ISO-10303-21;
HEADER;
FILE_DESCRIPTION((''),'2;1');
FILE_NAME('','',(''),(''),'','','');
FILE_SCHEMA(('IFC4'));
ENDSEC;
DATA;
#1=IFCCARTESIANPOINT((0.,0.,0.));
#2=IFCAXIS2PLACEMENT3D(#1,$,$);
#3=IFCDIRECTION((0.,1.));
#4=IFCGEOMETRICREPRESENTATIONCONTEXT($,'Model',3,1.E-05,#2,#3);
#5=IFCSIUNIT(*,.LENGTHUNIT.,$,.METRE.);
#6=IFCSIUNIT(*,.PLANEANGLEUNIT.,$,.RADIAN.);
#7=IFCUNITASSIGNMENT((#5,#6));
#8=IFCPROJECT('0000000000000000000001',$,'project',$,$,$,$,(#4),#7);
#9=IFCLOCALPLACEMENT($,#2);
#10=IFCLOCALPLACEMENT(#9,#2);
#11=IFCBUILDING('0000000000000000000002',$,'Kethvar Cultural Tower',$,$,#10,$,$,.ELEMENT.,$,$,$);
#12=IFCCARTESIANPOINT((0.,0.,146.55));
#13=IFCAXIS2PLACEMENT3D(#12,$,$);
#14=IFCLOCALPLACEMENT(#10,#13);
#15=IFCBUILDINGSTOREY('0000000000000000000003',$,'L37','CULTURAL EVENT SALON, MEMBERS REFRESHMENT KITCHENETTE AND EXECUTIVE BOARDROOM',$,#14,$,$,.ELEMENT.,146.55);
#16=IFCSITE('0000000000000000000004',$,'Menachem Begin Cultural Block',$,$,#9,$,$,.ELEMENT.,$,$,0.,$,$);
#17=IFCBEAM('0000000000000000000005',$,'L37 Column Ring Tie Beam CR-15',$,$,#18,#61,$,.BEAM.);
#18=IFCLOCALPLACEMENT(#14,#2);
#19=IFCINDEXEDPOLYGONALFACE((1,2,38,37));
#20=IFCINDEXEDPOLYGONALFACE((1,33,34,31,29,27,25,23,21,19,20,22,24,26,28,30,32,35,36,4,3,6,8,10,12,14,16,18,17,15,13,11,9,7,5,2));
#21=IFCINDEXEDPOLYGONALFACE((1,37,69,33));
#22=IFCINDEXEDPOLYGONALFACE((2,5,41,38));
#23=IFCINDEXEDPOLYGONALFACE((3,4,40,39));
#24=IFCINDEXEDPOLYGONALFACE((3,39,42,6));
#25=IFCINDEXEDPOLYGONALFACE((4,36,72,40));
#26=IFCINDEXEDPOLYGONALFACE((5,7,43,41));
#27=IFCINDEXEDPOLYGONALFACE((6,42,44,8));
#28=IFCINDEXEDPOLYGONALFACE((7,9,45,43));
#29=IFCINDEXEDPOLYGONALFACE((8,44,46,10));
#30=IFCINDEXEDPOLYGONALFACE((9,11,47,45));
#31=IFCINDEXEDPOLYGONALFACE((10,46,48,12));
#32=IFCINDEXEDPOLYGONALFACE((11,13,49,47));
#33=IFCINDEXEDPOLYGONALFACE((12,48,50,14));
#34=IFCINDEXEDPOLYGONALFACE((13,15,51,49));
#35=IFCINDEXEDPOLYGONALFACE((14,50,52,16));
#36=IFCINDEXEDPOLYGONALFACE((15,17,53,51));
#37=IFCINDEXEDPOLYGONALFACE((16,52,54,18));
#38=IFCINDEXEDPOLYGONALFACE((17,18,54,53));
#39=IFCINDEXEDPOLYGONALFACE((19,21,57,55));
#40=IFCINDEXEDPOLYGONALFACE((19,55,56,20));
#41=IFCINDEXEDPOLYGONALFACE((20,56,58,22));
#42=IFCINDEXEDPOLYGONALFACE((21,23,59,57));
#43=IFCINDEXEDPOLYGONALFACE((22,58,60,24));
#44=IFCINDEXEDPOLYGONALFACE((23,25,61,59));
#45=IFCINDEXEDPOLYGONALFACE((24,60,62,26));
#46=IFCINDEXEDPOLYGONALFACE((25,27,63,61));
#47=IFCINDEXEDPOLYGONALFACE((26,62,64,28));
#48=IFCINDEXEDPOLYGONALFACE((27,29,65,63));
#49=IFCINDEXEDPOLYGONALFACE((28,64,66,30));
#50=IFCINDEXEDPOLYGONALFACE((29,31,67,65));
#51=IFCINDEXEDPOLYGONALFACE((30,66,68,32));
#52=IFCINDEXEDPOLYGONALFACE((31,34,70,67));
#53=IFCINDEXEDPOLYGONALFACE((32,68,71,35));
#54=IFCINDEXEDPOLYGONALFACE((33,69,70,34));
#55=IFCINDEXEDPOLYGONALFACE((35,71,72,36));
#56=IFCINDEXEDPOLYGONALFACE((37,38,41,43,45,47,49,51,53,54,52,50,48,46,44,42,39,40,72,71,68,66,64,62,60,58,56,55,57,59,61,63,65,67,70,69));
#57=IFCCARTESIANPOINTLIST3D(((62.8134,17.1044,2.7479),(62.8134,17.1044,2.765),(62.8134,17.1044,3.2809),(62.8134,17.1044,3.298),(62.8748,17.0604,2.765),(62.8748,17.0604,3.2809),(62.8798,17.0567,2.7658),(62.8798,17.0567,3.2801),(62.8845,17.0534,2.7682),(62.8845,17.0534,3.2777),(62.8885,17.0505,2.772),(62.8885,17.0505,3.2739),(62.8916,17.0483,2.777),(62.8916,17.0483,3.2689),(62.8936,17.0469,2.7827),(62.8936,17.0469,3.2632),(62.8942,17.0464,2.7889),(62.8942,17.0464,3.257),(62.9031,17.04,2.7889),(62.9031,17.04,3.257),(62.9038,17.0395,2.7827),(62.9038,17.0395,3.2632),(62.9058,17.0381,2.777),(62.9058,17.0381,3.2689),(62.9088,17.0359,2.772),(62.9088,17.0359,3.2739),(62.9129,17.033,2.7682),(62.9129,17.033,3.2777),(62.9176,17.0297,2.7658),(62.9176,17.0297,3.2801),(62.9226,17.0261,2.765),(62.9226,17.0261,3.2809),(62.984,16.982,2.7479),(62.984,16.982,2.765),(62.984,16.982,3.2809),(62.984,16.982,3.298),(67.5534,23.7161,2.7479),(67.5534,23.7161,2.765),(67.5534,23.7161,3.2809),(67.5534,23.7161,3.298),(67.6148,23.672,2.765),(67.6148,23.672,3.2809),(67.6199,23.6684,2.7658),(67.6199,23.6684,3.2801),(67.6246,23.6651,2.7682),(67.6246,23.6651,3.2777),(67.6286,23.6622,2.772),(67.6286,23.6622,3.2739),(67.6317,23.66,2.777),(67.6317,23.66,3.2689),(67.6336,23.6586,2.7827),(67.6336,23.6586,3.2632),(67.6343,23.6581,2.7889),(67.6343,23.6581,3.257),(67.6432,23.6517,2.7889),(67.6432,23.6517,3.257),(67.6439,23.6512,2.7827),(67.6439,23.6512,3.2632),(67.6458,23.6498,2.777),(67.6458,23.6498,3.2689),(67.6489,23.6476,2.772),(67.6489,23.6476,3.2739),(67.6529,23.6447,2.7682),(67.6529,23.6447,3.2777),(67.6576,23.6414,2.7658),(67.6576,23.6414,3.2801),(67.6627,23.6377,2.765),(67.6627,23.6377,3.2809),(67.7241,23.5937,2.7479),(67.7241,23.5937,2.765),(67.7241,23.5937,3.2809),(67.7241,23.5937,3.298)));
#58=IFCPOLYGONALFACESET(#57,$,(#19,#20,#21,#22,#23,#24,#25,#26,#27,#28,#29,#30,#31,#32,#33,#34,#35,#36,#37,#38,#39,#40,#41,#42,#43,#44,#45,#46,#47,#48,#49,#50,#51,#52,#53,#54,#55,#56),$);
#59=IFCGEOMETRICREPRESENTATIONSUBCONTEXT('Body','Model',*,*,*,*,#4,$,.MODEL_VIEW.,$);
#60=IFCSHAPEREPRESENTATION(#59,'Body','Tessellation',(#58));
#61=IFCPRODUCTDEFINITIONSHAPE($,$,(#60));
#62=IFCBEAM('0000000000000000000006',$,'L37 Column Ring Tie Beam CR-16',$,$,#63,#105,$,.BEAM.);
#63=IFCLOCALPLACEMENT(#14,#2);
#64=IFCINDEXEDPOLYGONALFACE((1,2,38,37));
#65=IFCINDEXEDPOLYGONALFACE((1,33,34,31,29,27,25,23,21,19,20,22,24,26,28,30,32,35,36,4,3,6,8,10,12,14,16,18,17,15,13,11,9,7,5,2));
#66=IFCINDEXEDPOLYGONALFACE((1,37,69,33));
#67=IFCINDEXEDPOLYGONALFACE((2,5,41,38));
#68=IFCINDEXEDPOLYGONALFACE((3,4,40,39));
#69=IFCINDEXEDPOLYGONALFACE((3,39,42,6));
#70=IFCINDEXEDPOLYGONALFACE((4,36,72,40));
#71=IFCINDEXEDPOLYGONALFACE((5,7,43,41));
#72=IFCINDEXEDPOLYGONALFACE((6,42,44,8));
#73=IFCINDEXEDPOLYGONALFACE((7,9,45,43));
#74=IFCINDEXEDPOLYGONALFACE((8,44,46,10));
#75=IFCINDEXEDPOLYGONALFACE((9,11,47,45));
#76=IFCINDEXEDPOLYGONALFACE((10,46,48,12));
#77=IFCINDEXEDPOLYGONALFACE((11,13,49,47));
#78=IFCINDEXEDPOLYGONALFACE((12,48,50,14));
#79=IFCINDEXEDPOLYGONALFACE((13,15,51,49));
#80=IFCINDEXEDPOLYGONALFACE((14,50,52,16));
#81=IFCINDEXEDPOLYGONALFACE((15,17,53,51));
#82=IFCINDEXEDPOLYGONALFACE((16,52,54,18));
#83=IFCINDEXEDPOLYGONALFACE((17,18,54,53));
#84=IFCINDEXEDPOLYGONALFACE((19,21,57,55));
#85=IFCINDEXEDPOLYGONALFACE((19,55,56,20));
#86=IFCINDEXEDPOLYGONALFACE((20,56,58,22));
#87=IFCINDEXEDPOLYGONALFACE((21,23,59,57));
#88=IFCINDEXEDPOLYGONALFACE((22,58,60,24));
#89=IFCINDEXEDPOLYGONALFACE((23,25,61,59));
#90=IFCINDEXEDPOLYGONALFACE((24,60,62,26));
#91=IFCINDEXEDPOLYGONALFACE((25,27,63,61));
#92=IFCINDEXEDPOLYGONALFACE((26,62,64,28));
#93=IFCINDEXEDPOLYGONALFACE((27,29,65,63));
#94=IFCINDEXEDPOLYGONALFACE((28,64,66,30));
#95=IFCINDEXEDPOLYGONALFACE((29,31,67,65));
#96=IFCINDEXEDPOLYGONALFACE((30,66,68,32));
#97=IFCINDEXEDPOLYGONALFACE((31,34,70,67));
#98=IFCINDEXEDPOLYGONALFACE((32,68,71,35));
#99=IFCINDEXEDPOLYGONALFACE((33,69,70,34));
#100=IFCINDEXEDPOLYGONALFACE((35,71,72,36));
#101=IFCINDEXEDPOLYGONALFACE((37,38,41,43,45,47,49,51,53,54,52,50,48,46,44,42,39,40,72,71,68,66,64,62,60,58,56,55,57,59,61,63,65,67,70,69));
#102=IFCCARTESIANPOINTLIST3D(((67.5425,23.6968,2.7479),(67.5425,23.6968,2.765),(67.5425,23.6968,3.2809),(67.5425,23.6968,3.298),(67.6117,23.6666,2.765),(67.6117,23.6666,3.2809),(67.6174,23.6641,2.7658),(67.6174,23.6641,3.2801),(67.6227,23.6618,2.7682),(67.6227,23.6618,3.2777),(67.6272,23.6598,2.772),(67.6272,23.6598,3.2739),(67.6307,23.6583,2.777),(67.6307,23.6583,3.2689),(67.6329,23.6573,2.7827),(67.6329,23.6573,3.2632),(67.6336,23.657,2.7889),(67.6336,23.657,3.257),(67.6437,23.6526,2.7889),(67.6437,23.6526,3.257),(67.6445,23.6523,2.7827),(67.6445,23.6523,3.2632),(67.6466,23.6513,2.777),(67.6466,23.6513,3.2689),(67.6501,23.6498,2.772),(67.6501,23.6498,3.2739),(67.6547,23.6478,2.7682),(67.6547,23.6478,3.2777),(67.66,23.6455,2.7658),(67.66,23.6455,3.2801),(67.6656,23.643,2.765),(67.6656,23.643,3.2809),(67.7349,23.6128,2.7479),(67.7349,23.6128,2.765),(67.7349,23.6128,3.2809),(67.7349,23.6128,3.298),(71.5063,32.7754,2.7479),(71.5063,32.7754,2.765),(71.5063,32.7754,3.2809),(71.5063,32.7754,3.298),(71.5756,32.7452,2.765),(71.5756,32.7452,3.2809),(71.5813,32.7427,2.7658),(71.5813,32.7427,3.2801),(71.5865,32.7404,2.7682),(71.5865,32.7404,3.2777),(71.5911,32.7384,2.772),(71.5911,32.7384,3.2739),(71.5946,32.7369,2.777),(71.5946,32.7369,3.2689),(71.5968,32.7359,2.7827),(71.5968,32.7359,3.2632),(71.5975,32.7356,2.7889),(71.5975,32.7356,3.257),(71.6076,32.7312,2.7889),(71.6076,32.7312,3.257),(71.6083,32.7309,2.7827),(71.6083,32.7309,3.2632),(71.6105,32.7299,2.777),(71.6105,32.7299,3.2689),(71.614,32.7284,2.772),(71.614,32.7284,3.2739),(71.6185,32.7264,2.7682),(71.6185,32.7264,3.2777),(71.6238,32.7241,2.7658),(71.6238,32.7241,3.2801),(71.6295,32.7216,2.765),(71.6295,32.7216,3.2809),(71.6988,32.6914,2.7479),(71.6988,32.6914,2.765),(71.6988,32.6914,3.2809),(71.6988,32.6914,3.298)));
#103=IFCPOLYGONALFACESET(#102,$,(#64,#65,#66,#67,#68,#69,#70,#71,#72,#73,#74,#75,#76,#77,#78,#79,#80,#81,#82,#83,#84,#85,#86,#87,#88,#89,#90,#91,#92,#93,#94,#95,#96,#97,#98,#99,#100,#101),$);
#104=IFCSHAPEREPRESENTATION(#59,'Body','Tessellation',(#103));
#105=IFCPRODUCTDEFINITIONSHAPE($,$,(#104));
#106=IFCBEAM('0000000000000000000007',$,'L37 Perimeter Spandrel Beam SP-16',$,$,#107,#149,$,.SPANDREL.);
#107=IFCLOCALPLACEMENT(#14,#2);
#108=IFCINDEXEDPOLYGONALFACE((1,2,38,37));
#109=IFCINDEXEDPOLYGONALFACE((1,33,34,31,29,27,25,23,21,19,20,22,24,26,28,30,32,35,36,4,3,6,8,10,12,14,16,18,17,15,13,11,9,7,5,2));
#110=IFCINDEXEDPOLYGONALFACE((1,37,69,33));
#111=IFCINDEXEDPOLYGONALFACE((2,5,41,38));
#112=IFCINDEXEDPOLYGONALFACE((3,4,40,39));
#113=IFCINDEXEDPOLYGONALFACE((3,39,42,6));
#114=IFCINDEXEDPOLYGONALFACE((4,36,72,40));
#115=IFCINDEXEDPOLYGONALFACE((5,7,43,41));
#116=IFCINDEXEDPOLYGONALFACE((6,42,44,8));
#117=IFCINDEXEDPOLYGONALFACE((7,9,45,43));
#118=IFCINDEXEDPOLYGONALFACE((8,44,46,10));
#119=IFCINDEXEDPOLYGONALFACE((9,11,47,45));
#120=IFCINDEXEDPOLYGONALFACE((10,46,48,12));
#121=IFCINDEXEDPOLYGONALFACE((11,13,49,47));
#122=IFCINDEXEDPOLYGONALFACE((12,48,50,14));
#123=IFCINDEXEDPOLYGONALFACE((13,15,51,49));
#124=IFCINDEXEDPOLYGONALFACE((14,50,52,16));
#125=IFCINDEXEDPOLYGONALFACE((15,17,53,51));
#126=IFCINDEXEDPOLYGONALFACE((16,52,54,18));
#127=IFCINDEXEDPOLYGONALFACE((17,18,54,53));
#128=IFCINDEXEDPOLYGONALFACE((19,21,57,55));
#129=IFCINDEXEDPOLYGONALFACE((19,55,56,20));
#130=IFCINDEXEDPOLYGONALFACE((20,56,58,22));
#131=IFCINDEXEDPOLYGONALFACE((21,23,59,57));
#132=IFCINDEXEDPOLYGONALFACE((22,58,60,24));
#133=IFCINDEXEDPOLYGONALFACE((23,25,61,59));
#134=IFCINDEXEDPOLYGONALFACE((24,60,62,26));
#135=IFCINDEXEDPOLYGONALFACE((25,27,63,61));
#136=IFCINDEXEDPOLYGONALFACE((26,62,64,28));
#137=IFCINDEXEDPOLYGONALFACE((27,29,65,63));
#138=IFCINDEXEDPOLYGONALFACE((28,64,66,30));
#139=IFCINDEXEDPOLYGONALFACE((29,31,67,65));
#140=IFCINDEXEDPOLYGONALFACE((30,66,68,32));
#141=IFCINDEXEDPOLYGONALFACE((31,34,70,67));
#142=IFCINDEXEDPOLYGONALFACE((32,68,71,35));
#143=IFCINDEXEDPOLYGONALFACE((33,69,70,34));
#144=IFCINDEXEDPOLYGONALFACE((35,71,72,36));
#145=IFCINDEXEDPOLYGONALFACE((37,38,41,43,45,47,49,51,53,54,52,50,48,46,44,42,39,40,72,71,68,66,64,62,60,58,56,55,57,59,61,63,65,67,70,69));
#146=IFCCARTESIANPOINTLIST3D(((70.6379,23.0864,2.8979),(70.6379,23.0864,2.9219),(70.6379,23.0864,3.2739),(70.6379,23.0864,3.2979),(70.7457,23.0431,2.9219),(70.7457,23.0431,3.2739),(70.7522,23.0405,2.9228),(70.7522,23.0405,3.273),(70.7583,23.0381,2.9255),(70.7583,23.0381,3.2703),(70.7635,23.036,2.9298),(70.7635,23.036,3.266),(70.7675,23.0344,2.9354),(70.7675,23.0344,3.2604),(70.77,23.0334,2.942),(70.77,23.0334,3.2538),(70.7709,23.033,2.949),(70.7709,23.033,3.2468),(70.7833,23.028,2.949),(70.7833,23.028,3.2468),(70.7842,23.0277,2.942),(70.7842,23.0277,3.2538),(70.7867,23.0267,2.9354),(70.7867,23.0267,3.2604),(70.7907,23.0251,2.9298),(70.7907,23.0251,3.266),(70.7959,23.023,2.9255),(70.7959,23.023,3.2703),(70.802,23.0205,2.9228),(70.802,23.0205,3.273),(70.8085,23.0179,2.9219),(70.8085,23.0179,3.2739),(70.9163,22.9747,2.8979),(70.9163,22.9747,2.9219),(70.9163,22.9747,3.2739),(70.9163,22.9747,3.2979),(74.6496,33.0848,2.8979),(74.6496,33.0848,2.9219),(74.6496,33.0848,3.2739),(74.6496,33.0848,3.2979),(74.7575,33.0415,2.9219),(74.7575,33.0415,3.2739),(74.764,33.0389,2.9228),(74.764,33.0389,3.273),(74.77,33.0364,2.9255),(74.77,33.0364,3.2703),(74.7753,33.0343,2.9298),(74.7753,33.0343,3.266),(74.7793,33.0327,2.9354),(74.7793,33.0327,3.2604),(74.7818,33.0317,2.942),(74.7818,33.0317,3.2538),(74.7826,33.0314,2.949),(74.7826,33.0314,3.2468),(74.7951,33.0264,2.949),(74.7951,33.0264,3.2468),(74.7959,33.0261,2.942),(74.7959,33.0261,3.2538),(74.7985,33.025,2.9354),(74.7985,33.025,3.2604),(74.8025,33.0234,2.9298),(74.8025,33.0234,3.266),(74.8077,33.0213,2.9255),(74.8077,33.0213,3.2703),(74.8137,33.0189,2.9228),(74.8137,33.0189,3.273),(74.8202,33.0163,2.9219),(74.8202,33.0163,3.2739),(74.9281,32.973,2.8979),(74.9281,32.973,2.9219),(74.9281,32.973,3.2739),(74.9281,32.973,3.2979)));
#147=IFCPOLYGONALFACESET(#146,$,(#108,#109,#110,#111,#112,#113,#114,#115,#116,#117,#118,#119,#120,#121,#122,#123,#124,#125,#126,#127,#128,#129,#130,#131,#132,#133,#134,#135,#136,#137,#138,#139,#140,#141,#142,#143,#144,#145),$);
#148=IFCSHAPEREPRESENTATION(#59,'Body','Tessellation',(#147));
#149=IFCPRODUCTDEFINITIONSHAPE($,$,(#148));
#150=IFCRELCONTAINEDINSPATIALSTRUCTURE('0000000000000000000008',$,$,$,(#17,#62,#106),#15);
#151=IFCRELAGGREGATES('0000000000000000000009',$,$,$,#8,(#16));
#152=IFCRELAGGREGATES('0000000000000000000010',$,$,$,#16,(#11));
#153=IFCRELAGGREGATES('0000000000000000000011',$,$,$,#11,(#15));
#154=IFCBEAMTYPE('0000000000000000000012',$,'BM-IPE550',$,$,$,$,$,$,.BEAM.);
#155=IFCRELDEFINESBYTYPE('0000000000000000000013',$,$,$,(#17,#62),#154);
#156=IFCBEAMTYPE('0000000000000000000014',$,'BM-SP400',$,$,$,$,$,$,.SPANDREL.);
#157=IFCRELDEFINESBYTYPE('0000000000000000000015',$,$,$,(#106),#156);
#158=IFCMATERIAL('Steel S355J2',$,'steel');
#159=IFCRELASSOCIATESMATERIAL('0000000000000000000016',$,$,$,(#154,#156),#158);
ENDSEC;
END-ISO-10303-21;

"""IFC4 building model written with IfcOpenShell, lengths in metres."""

from ifc_helpers import new_model, si_unit, direction, frame, origin, origin_2d, place, context, subcontext, project, spatial, i_section, extrude, source, transform, mapped, material, material_profile, profile_set, type_object, element, save


model = new_model("IFC4")

# Units and contexts
model_context = context("Model", 3, precision=1e-05, world=origin(), true_north=direction((0.0, 1.0)))
body_context = subcontext(model_context, "Body", "Model", "MODEL_VIEW")
ifc_project = project(units=[si_unit("LENGTHUNIT", "METRE"), si_unit("PLANEANGLEUNIT", "RADIAN")], contexts=[model_context])

# Site, building, storey
site_placement = place(None, origin())
site = spatial("IfcSite", under=ifc_project, at=site_placement, Name="Menachem Begin Cultural Block", CompositionType="ELEMENT", RefElevation=0.0)
building_placement = place(site_placement, origin())
building = spatial("IfcBuilding", under=site, at=building_placement, Name="Kethvar Cultural Tower", CompositionType="ELEMENT")
storey_placement = place(building_placement, frame((0.0, 0.0, 146.55)))
storey = spatial("IfcBuildingStorey", under=building, at=storey_placement, Name="L37", Description="CULTURAL EVENT SALON, MEMBERS REFRESHMENT KITCHENETTE AND EXECUTIVE BOARDROOM", CompositionType="ELEMENT", Elevation=146.55)

# Beams
ifc_material_1 = material(Name="Steel S355J2", Category="steel")
ifc_material_profile_1 = material_profile(ifc_material_1, i_section(OverallWidth=0.21, OverallDepth=0.55, WebThickness=0.011, FlangeThickness=0.0171, FilletRadius=0.0239, at=origin_2d()), Name="Steel S355J2 — IPE550")
ifc_profile_set_1 = profile_set([ifc_material_profile_1], Name="Steel S355J2 — IPE550")
beam_type_1 = type_object("IfcBeamType", Name="BM-IPE550", PredefinedType="BEAM", material=ifc_profile_set_1)
shared_shape_1 = source(origin(), body_context, "Body", "SweptSolid", [
    extrude(i_section(OverallWidth=0.21, OverallDepth=0.55, WebThickness=0.011, FlangeThickness=0.0171, FilletRadius=0.0239, at=origin_2d()), origin(), (0.0, 0.0, 1.0), 8.1353),
])
beam_1_placement = place(storey_placement, frame((62.8987, 17.0432, 3.0229), z_axis=(0.582657, 0.812718, 0.0), x_axis=(-0.812718, 0.582657, 0.0)))
element("IfcBeam", 1, at=beam_1_placement, inside=storey, type_object=beam_type_1, Name="L37 Column Ring Tie Beam CR-15", PredefinedType="BEAM", context=body_context, shape_type="MappedRepresentation", body=[
    mapped(shared_shape_1, transform((0.0, 0.0, 0.0), scale=1.0)),
])
shared_shape_2 = source(origin(), body_context, "Body", "SweptSolid", [
    extrude(i_section(OverallWidth=0.21, OverallDepth=0.55, WebThickness=0.011, FlangeThickness=0.0171, FilletRadius=0.0239, at=origin_2d()), origin(), (0.0, 0.0, 1.0), 9.9062),
])
beam_2_placement = place(storey_placement, frame((67.6387, 23.6548, 3.0229), z_axis=(0.400139, 0.916455, 0.0), x_axis=(-0.916455, 0.400139, 0.0)))
element("IfcBeam", 2, at=beam_2_placement, inside=storey, type_object=beam_type_1, Name="L37 Column Ring Tie Beam CR-16", PredefinedType="BEAM", context=body_context, shape_type="MappedRepresentation", body=[
    mapped(shared_shape_2, transform((0.0, 0.0, 0.0), scale=1.0)),
])
ifc_material_profile_2 = material_profile(ifc_material_1, i_section(OverallWidth=0.3, OverallDepth=0.3999, WebThickness=0.0134, FlangeThickness=0.0239, FilletRadius=0.0271, at=origin_2d()), Name="Steel S355J2 — HEB400")
ifc_profile_set_2 = profile_set([ifc_material_profile_2], Name="Steel S355J2 — HEB400")
beam_type_2 = type_object("IfcBeamType", Name="BM-SP400", PredefinedType="SPANDREL", material=ifc_profile_set_2)
shared_shape_3 = source(origin(), body_context, "Body", "SweptSolid", [
    extrude(i_section(OverallWidth=0.3, OverallDepth=0.3999, WebThickness=0.0134, FlangeThickness=0.0239, FilletRadius=0.0271, at=origin_2d()), origin(), (0.0, 0.0, 1.0), 10.7732),
])
beam_3_placement = place(storey_placement, frame((70.7771, 23.0305, 3.0979), z_axis=(0.372383, 0.928079, 0.0), x_axis=(-0.928079, 0.372383, 0.0)))
element("IfcBeam", 3, at=beam_3_placement, inside=storey, type_object=beam_type_2, Name="L37 Perimeter Spandrel Beam SP-16", PredefinedType="SPANDREL", context=body_context, shape_type="MappedRepresentation", body=[
    mapped(shared_shape_3, transform((0.0, 0.0, 0.0), scale=1.0)),
])

save(model, "model.ifc")
